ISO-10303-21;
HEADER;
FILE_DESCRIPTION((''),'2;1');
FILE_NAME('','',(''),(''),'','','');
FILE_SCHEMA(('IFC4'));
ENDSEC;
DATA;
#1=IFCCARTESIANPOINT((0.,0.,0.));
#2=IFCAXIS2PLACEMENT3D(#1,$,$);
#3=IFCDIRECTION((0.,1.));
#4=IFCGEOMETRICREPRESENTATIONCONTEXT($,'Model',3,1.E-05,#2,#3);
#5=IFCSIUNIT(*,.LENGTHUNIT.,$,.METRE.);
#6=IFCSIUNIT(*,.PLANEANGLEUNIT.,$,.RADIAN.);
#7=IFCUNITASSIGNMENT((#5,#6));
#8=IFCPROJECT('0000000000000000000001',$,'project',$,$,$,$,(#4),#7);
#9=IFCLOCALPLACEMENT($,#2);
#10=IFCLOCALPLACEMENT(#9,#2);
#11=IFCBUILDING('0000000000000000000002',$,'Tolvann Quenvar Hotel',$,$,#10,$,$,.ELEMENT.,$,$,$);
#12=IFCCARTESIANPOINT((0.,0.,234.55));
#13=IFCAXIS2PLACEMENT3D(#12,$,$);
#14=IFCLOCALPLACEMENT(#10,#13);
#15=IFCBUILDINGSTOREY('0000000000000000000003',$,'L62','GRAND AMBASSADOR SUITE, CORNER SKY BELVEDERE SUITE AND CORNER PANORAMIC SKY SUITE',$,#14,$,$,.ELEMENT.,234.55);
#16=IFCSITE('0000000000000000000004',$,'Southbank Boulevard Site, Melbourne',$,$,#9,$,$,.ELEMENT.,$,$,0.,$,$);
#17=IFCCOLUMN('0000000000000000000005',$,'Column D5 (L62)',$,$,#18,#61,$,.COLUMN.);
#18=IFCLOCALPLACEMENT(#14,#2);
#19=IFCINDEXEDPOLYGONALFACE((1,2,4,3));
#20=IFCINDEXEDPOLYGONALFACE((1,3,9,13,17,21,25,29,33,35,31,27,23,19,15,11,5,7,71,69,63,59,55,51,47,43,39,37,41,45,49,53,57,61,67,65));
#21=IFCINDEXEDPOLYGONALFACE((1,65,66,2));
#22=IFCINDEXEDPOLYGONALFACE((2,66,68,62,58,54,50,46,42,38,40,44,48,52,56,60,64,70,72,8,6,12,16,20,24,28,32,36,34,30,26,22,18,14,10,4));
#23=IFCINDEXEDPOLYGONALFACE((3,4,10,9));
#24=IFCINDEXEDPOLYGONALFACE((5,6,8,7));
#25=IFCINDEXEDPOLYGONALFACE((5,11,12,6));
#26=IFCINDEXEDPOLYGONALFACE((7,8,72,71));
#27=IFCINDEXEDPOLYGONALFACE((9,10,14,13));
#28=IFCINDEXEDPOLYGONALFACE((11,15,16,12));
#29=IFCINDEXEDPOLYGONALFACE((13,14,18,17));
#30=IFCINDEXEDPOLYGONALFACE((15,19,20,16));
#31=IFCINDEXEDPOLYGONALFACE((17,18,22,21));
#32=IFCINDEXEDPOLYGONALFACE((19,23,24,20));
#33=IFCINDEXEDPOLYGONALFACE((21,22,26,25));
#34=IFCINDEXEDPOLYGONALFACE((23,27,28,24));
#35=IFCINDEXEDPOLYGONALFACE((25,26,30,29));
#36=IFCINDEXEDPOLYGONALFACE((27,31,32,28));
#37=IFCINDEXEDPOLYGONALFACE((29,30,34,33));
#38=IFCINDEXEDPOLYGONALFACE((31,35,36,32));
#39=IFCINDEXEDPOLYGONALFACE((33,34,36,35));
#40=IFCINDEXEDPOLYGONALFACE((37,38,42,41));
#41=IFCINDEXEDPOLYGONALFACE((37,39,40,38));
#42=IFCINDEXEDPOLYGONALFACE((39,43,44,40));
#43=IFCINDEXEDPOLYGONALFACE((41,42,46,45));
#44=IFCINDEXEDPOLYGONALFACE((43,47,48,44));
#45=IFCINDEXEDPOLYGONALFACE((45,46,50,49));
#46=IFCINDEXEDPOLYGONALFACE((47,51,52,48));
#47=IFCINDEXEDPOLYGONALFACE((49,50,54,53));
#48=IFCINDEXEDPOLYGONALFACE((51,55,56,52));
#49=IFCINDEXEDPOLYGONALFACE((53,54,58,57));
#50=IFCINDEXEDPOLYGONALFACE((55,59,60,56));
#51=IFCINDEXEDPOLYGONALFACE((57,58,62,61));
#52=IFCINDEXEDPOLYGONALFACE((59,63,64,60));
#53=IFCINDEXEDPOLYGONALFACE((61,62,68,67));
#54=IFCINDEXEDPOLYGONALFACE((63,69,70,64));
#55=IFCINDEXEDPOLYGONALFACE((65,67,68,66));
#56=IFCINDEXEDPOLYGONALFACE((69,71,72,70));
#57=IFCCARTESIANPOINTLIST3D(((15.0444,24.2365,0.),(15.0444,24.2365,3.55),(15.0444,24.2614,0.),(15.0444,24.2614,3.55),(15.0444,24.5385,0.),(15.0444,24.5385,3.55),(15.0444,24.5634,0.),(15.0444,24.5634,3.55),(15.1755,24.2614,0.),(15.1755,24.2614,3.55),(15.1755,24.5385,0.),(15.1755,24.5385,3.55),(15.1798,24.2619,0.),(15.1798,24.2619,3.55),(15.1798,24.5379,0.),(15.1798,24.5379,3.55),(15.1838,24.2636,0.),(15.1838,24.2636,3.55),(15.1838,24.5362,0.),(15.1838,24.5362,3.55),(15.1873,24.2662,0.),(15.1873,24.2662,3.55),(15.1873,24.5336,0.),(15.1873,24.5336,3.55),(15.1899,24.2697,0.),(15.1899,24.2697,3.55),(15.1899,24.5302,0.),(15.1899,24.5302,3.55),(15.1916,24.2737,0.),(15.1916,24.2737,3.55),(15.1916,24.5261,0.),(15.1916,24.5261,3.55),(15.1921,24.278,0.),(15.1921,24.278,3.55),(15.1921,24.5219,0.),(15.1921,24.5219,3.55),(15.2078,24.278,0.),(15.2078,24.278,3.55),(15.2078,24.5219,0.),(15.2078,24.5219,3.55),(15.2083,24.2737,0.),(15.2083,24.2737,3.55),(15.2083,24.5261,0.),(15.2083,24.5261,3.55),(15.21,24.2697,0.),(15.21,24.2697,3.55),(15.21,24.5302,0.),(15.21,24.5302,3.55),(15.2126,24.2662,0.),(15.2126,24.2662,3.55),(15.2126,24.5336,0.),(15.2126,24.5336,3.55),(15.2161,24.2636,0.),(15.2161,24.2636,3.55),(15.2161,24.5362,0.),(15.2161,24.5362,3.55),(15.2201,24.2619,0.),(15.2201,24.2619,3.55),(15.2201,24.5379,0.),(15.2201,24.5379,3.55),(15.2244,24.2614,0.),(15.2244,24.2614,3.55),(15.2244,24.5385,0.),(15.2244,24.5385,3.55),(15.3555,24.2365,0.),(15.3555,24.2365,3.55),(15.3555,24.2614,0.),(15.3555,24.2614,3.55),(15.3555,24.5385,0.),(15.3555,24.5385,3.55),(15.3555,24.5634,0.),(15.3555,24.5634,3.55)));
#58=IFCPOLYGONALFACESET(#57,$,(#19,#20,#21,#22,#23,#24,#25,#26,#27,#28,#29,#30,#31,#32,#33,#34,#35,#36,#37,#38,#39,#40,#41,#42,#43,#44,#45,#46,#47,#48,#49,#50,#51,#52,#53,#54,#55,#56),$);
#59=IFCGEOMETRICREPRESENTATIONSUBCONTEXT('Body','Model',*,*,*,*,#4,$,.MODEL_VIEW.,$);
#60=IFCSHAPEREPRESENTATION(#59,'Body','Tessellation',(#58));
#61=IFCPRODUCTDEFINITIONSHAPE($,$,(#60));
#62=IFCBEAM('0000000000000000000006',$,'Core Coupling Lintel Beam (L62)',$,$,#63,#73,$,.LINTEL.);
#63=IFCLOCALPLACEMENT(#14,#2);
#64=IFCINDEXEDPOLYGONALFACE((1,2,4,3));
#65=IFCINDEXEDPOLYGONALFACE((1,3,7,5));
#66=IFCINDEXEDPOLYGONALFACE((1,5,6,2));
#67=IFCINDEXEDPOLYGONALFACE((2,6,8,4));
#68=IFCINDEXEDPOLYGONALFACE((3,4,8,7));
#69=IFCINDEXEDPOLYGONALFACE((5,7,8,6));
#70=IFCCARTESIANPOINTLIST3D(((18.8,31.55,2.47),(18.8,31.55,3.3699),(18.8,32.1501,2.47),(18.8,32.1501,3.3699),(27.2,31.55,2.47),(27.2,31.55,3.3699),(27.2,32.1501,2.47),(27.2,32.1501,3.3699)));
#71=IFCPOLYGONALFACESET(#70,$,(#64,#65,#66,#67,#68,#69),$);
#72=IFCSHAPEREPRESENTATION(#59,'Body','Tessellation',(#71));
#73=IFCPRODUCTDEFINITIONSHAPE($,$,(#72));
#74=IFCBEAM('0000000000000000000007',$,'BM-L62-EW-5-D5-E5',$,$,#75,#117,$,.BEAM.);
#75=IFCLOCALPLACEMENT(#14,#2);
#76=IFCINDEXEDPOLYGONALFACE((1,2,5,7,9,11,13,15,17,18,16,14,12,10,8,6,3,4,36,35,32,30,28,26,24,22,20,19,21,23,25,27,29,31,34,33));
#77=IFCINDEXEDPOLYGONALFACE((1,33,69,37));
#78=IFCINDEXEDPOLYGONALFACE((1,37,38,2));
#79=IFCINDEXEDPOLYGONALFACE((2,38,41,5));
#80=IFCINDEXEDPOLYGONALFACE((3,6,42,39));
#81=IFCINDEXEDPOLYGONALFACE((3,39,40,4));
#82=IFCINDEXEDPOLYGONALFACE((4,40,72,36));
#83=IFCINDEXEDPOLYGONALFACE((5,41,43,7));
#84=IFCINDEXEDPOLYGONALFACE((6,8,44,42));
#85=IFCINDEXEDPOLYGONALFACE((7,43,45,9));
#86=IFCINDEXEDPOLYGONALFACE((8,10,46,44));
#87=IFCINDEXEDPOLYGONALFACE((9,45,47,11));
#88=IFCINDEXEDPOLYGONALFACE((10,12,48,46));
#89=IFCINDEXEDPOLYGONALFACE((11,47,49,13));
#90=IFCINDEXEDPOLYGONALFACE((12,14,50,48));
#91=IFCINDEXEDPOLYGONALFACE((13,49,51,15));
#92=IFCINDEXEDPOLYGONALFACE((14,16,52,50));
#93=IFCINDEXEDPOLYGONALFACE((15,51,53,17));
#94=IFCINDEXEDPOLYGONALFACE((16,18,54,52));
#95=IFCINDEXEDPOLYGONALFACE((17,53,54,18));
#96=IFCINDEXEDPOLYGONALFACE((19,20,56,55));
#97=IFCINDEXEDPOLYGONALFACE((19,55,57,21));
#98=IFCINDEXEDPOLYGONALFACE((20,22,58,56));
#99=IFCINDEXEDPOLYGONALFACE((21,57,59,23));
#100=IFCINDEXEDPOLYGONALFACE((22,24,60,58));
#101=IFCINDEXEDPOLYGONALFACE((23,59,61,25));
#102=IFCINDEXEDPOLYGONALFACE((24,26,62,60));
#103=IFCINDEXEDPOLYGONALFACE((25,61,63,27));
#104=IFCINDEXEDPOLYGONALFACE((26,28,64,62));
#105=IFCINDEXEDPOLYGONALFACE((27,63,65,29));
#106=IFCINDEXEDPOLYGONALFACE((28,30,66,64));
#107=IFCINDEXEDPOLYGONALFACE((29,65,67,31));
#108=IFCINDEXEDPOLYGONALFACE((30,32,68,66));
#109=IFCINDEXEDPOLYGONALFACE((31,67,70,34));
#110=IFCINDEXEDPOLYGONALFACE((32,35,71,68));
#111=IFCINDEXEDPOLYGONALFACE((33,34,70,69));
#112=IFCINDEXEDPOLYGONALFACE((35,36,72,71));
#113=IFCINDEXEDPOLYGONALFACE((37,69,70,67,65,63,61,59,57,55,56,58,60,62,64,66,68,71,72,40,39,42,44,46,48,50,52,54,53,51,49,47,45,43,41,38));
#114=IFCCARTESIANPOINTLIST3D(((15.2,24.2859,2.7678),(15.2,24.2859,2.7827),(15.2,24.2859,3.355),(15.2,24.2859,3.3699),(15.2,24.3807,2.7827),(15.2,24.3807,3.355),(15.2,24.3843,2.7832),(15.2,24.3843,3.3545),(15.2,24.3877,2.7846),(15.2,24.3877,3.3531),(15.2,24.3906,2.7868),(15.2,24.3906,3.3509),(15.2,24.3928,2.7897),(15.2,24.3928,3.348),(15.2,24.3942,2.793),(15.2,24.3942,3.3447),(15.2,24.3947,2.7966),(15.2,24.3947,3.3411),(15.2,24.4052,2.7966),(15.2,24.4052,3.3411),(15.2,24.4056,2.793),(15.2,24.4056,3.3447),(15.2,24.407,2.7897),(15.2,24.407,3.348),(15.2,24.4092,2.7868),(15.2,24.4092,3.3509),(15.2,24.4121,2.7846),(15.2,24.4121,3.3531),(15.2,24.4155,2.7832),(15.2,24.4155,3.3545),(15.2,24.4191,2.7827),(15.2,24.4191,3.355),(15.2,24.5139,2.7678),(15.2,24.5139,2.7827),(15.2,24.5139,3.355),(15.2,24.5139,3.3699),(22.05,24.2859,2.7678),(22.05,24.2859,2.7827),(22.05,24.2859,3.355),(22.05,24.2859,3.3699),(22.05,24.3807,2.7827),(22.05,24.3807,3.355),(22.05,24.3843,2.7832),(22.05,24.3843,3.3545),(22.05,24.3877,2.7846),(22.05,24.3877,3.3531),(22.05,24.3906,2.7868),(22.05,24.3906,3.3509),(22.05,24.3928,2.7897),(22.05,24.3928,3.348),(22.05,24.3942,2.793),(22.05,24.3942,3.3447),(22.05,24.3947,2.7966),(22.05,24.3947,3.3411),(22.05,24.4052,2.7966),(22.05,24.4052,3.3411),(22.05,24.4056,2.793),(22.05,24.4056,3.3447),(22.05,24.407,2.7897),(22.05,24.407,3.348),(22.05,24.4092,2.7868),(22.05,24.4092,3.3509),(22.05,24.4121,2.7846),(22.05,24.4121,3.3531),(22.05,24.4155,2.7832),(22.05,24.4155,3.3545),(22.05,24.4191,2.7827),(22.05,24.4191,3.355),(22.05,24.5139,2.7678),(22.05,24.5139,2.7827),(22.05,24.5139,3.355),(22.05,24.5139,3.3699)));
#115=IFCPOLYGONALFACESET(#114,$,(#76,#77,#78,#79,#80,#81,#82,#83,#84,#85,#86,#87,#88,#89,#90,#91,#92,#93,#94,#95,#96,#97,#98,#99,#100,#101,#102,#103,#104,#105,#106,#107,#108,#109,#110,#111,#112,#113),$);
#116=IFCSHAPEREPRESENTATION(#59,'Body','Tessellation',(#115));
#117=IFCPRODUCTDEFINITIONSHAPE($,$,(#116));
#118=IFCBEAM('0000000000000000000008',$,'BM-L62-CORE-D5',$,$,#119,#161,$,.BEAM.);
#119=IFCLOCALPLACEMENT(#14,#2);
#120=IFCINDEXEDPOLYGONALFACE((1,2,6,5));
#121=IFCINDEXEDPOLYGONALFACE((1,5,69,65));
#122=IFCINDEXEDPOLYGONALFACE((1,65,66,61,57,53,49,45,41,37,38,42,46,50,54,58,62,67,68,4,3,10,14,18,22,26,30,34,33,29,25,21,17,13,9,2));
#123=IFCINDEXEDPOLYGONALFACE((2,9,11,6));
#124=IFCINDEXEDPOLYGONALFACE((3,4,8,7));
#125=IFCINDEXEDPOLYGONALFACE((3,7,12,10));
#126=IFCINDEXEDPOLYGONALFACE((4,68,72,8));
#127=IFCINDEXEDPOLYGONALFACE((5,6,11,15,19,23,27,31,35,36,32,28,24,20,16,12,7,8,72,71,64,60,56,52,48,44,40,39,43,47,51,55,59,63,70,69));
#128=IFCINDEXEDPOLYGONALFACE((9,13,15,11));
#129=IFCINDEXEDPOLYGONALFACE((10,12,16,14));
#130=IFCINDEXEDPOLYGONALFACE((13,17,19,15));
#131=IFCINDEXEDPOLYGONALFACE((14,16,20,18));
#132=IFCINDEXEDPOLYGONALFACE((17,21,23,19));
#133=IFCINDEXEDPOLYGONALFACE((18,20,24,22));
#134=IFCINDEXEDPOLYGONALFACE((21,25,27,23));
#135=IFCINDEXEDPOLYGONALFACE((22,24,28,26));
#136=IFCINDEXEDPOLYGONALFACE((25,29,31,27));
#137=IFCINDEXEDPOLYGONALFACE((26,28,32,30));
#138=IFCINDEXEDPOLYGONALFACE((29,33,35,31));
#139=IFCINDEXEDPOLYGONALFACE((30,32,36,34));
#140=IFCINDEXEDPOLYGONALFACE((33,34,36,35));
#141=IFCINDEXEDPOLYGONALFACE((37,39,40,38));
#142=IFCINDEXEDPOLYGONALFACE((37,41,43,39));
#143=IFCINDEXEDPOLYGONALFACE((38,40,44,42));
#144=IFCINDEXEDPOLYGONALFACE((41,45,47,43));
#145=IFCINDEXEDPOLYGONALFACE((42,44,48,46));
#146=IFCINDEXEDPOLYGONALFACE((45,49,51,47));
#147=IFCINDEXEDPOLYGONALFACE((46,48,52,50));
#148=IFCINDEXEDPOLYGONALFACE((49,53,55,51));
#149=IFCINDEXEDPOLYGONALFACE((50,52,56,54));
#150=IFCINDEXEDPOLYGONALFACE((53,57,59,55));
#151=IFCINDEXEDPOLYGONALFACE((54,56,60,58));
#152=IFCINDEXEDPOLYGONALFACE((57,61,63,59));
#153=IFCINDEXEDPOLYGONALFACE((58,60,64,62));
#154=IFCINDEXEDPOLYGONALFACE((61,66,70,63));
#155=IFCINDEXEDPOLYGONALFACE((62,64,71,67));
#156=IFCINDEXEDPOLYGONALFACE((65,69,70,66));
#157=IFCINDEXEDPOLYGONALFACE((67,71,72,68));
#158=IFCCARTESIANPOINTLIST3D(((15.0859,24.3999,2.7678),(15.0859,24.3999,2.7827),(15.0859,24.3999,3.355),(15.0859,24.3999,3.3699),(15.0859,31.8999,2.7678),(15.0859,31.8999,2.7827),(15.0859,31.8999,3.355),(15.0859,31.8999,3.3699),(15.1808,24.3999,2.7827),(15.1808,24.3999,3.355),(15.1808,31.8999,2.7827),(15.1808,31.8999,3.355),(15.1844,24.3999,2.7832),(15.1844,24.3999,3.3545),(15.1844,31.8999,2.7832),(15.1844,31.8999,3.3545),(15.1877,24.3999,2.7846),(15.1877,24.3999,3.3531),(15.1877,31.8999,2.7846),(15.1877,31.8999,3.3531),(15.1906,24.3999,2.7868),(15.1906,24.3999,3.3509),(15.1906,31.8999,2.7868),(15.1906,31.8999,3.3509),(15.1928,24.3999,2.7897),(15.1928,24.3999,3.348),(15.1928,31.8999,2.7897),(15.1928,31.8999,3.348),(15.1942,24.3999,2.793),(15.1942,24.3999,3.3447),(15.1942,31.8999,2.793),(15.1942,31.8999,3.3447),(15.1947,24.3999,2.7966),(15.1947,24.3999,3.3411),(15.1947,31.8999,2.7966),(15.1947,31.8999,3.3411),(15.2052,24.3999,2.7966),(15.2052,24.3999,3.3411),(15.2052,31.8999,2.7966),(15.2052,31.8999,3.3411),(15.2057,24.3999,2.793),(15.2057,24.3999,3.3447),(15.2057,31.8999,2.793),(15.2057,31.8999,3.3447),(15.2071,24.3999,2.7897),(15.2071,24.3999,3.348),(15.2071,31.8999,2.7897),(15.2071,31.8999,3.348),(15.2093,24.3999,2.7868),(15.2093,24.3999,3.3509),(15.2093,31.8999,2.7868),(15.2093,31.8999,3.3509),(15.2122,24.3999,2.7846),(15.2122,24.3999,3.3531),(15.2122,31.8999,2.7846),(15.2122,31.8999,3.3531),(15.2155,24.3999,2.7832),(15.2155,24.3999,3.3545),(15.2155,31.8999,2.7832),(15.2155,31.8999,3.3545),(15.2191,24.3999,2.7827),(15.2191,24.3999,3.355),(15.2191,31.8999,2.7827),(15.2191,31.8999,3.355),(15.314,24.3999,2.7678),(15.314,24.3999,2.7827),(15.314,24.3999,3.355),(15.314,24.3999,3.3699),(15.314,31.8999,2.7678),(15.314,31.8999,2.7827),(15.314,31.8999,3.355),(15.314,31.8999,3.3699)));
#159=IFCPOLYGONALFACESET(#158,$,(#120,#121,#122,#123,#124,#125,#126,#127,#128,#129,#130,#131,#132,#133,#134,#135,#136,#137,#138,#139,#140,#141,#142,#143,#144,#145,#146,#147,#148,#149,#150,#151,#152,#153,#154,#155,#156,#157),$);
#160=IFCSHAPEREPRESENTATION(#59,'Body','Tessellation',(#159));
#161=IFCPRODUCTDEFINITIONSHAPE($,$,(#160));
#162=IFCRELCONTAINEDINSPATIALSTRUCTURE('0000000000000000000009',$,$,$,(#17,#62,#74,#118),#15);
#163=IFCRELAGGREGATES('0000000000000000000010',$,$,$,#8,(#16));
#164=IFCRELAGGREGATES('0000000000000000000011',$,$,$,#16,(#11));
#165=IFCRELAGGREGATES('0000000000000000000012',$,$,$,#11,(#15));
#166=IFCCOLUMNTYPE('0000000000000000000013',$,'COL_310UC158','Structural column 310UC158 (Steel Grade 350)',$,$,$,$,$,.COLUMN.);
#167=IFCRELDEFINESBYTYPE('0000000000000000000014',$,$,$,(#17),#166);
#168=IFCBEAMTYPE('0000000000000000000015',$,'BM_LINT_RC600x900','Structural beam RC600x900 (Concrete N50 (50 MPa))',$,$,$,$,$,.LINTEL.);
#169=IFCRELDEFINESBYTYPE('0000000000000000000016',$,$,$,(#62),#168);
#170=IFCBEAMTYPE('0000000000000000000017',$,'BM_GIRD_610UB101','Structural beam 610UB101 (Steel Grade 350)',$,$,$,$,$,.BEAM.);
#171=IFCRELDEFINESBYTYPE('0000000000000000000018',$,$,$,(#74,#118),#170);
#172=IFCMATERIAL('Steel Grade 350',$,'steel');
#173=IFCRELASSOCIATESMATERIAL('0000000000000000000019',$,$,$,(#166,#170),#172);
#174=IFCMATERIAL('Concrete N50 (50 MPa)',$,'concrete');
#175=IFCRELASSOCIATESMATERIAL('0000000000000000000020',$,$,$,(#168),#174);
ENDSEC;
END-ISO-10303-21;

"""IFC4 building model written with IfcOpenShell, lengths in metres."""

from ifc_helpers import new_model, si_unit, direction, frame, origin, origin_2d, place, context, subcontext, project, spatial, rectangle, i_section, extrude, source, transform, mapped, material, material_profile, profile_set, type_object, type_shapes, element, save


model = new_model("IFC4")

# Units and contexts
model_context = context("Model", 3, precision=1e-05, world=origin(), true_north=direction((0.0, 1.0)))
body_context = subcontext(model_context, "Body", "Model", "MODEL_VIEW")
ifc_project = project(units=[si_unit("LENGTHUNIT", "METRE"), si_unit("PLANEANGLEUNIT", "RADIAN")], contexts=[model_context])

# Site, building, storey
site_placement = place(None, origin())
site = spatial("IfcSite", under=ifc_project, at=site_placement, Name="Southbank Boulevard Site, Melbourne", CompositionType="ELEMENT", RefElevation=0.0)
building_placement = place(site_placement, origin())
building = spatial("IfcBuilding", under=site, at=building_placement, Name="Tolvann Quenvar Hotel", CompositionType="ELEMENT")
storey_placement = place(building_placement, frame((0.0, 0.0, 234.55)))
storey = spatial("IfcBuildingStorey", under=building, at=storey_placement, Name="L62", Description="GRAND AMBASSADOR SUITE, CORNER SKY BELVEDERE SUITE AND CORNER PANORAMIC SKY SUITE", CompositionType="ELEMENT", Elevation=234.55)

# Column
ifc_material_1 = material(Name="Steel Grade 350", Category="steel")
ifc_material_profile_1 = material_profile(ifc_material_1, i_section(OverallWidth=0.311, OverallDepth=0.3269, WebThickness=0.0156, FlangeThickness=0.0249, FilletRadius=0.0166, at=origin_2d()), Name="310UC158")
ifc_profile_set_1 = profile_set([ifc_material_profile_1], Name="Steel Grade 350")
column_type = type_object("IfcColumnType", Name="COL_310UC158", Description="Structural column 310UC158 (Steel Grade 350)", PredefinedType="COLUMN", material=ifc_profile_set_1)
shared_shape_1 = source(origin(), body_context, "Body", "SweptSolid", [
    extrude(i_section(OverallWidth=0.311, OverallDepth=0.3269, WebThickness=0.0156, FlangeThickness=0.0249, FilletRadius=0.0166, at=origin_2d()), origin(), (0.0, 0.0, 1.0), 3.55),
])
type_shapes(column_type, [shared_shape_1])
column_placement = place(storey_placement, frame((15.2, 24.3999, 0.0), z_axis=(0.0, 0.0, 1.0), x_axis=(1.0, 0.0, 0.0)))
element("IfcColumn", 1, at=column_placement, inside=storey, type_object=column_type, Name="Column D5 (L62)", PredefinedType="COLUMN", context=body_context, shape_type="MappedRepresentation", body=[
    mapped(shared_shape_1, transform((0.0, 0.0, 0.0), x_axis=(1.0, 0.0, 0.0), y_axis=(0.0, 1.0, 0.0), z_axis=(0.0, 0.0, 1.0), scale=1.0)),
])

# Beams
ifc_material_2 = material(Name="Concrete N50 (50 MPa)", Category="concrete")
ifc_material_profile_2 = material_profile(ifc_material_2, rectangle(XDim=0.6001, YDim=0.8999, at=origin_2d()), Name="RC600x900")
ifc_profile_set_2 = profile_set([ifc_material_profile_2], Name="Concrete N50 (50 MPa)")
beam_type_1 = type_object("IfcBeamType", Name="BM_LINT_RC600x900", Description="Structural beam RC600x900 (Concrete N50 (50 MPa))", PredefinedType="LINTEL", material=ifc_profile_set_2)
shared_shape_2 = source(origin(), body_context, "Body", "SweptSolid", [
    extrude(rectangle(XDim=0.6001, YDim=0.8999, at=origin_2d()), origin(), (0.0, 0.0, 1.0), 8.3999),
])
type_shapes(beam_type_1, [shared_shape_2])
beam_1_placement = place(storey_placement, frame((18.8, 31.8501, 2.9199), z_axis=(1.0, 0.0, 0.0), x_axis=(0.0, 1.0, 0.0)))
element("IfcBeam", 2, at=beam_1_placement, inside=storey, type_object=beam_type_1, Name="Core Coupling Lintel Beam (L62)", PredefinedType="LINTEL", context=body_context, shape_type="MappedRepresentation", body=[
    mapped(shared_shape_2, transform((0.0, 0.0, 0.0), x_axis=(1.0, 0.0, 0.0), y_axis=(0.0, 1.0, 0.0), z_axis=(0.0, 0.0, 1.0), scale=1.0)),
])
ifc_material_profile_3 = material_profile(ifc_material_1, i_section(OverallWidth=0.228, OverallDepth=0.6021, WebThickness=0.0105, FlangeThickness=0.0149, FilletRadius=0.0139, at=origin_2d()), Name="610UB101")
ifc_profile_set_3 = profile_set([ifc_material_profile_3], Name="Steel Grade 350")
beam_type_2 = type_object("IfcBeamType", Name="BM_GIRD_610UB101", Description="Structural beam 610UB101 (Steel Grade 350)", PredefinedType="BEAM", material=ifc_profile_set_3)
shared_shape_3 = source(origin(), body_context, "Body", "SweptSolid", [
    extrude(i_section(OverallWidth=0.228, OverallDepth=0.6021, WebThickness=0.0105, FlangeThickness=0.0149, FilletRadius=0.0139, at=origin_2d()), origin(), (0.0, 0.0, 1.0), 6.8501),
])
beam_2_placement = place(storey_placement, frame((15.2, 24.3999, 3.0688), z_axis=(1.0, 0.0, 0.0), x_axis=(0.0, 1.0, 0.0)))
element("IfcBeam", 3, at=beam_2_placement, inside=storey, type_object=beam_type_2, Name="BM-L62-EW-5-D5-E5", PredefinedType="BEAM", context=body_context, shape_type="MappedRepresentation", body=[
    mapped(shared_shape_3, transform((0.0, 0.0, 0.0), x_axis=(1.0, 0.0, 0.0), y_axis=(0.0, 1.0, 0.0), z_axis=(0.0, 0.0, 1.0), scale=1.0)),
])
shared_shape_4 = source(origin(), body_context, "Body", "SweptSolid", [
    extrude(i_section(OverallWidth=0.228, OverallDepth=0.6021, WebThickness=0.0105, FlangeThickness=0.0149, FilletRadius=0.0139, at=origin_2d()), origin(), (0.0, 0.0, 1.0), 7.5),
])
type_shapes(beam_type_2, [shared_shape_3, shared_shape_4])
beam_3_placement = place(storey_placement, frame((15.2, 24.3999, 3.0688), z_axis=(0.0, 1.0, 0.0), x_axis=(-1.0, 0.0, 0.0)))
element("IfcBeam", 4, at=beam_3_placement, inside=storey, type_object=beam_type_2, Name="BM-L62-CORE-D5", PredefinedType="BEAM", context=body_context, shape_type="MappedRepresentation", body=[
    mapped(shared_shape_4, transform((0.0, 0.0, 0.0), x_axis=(1.0, 0.0, 0.0), y_axis=(0.0, 1.0, 0.0), z_axis=(0.0, 0.0, 1.0), scale=1.0)),
])

save(model, "model.ifc")
